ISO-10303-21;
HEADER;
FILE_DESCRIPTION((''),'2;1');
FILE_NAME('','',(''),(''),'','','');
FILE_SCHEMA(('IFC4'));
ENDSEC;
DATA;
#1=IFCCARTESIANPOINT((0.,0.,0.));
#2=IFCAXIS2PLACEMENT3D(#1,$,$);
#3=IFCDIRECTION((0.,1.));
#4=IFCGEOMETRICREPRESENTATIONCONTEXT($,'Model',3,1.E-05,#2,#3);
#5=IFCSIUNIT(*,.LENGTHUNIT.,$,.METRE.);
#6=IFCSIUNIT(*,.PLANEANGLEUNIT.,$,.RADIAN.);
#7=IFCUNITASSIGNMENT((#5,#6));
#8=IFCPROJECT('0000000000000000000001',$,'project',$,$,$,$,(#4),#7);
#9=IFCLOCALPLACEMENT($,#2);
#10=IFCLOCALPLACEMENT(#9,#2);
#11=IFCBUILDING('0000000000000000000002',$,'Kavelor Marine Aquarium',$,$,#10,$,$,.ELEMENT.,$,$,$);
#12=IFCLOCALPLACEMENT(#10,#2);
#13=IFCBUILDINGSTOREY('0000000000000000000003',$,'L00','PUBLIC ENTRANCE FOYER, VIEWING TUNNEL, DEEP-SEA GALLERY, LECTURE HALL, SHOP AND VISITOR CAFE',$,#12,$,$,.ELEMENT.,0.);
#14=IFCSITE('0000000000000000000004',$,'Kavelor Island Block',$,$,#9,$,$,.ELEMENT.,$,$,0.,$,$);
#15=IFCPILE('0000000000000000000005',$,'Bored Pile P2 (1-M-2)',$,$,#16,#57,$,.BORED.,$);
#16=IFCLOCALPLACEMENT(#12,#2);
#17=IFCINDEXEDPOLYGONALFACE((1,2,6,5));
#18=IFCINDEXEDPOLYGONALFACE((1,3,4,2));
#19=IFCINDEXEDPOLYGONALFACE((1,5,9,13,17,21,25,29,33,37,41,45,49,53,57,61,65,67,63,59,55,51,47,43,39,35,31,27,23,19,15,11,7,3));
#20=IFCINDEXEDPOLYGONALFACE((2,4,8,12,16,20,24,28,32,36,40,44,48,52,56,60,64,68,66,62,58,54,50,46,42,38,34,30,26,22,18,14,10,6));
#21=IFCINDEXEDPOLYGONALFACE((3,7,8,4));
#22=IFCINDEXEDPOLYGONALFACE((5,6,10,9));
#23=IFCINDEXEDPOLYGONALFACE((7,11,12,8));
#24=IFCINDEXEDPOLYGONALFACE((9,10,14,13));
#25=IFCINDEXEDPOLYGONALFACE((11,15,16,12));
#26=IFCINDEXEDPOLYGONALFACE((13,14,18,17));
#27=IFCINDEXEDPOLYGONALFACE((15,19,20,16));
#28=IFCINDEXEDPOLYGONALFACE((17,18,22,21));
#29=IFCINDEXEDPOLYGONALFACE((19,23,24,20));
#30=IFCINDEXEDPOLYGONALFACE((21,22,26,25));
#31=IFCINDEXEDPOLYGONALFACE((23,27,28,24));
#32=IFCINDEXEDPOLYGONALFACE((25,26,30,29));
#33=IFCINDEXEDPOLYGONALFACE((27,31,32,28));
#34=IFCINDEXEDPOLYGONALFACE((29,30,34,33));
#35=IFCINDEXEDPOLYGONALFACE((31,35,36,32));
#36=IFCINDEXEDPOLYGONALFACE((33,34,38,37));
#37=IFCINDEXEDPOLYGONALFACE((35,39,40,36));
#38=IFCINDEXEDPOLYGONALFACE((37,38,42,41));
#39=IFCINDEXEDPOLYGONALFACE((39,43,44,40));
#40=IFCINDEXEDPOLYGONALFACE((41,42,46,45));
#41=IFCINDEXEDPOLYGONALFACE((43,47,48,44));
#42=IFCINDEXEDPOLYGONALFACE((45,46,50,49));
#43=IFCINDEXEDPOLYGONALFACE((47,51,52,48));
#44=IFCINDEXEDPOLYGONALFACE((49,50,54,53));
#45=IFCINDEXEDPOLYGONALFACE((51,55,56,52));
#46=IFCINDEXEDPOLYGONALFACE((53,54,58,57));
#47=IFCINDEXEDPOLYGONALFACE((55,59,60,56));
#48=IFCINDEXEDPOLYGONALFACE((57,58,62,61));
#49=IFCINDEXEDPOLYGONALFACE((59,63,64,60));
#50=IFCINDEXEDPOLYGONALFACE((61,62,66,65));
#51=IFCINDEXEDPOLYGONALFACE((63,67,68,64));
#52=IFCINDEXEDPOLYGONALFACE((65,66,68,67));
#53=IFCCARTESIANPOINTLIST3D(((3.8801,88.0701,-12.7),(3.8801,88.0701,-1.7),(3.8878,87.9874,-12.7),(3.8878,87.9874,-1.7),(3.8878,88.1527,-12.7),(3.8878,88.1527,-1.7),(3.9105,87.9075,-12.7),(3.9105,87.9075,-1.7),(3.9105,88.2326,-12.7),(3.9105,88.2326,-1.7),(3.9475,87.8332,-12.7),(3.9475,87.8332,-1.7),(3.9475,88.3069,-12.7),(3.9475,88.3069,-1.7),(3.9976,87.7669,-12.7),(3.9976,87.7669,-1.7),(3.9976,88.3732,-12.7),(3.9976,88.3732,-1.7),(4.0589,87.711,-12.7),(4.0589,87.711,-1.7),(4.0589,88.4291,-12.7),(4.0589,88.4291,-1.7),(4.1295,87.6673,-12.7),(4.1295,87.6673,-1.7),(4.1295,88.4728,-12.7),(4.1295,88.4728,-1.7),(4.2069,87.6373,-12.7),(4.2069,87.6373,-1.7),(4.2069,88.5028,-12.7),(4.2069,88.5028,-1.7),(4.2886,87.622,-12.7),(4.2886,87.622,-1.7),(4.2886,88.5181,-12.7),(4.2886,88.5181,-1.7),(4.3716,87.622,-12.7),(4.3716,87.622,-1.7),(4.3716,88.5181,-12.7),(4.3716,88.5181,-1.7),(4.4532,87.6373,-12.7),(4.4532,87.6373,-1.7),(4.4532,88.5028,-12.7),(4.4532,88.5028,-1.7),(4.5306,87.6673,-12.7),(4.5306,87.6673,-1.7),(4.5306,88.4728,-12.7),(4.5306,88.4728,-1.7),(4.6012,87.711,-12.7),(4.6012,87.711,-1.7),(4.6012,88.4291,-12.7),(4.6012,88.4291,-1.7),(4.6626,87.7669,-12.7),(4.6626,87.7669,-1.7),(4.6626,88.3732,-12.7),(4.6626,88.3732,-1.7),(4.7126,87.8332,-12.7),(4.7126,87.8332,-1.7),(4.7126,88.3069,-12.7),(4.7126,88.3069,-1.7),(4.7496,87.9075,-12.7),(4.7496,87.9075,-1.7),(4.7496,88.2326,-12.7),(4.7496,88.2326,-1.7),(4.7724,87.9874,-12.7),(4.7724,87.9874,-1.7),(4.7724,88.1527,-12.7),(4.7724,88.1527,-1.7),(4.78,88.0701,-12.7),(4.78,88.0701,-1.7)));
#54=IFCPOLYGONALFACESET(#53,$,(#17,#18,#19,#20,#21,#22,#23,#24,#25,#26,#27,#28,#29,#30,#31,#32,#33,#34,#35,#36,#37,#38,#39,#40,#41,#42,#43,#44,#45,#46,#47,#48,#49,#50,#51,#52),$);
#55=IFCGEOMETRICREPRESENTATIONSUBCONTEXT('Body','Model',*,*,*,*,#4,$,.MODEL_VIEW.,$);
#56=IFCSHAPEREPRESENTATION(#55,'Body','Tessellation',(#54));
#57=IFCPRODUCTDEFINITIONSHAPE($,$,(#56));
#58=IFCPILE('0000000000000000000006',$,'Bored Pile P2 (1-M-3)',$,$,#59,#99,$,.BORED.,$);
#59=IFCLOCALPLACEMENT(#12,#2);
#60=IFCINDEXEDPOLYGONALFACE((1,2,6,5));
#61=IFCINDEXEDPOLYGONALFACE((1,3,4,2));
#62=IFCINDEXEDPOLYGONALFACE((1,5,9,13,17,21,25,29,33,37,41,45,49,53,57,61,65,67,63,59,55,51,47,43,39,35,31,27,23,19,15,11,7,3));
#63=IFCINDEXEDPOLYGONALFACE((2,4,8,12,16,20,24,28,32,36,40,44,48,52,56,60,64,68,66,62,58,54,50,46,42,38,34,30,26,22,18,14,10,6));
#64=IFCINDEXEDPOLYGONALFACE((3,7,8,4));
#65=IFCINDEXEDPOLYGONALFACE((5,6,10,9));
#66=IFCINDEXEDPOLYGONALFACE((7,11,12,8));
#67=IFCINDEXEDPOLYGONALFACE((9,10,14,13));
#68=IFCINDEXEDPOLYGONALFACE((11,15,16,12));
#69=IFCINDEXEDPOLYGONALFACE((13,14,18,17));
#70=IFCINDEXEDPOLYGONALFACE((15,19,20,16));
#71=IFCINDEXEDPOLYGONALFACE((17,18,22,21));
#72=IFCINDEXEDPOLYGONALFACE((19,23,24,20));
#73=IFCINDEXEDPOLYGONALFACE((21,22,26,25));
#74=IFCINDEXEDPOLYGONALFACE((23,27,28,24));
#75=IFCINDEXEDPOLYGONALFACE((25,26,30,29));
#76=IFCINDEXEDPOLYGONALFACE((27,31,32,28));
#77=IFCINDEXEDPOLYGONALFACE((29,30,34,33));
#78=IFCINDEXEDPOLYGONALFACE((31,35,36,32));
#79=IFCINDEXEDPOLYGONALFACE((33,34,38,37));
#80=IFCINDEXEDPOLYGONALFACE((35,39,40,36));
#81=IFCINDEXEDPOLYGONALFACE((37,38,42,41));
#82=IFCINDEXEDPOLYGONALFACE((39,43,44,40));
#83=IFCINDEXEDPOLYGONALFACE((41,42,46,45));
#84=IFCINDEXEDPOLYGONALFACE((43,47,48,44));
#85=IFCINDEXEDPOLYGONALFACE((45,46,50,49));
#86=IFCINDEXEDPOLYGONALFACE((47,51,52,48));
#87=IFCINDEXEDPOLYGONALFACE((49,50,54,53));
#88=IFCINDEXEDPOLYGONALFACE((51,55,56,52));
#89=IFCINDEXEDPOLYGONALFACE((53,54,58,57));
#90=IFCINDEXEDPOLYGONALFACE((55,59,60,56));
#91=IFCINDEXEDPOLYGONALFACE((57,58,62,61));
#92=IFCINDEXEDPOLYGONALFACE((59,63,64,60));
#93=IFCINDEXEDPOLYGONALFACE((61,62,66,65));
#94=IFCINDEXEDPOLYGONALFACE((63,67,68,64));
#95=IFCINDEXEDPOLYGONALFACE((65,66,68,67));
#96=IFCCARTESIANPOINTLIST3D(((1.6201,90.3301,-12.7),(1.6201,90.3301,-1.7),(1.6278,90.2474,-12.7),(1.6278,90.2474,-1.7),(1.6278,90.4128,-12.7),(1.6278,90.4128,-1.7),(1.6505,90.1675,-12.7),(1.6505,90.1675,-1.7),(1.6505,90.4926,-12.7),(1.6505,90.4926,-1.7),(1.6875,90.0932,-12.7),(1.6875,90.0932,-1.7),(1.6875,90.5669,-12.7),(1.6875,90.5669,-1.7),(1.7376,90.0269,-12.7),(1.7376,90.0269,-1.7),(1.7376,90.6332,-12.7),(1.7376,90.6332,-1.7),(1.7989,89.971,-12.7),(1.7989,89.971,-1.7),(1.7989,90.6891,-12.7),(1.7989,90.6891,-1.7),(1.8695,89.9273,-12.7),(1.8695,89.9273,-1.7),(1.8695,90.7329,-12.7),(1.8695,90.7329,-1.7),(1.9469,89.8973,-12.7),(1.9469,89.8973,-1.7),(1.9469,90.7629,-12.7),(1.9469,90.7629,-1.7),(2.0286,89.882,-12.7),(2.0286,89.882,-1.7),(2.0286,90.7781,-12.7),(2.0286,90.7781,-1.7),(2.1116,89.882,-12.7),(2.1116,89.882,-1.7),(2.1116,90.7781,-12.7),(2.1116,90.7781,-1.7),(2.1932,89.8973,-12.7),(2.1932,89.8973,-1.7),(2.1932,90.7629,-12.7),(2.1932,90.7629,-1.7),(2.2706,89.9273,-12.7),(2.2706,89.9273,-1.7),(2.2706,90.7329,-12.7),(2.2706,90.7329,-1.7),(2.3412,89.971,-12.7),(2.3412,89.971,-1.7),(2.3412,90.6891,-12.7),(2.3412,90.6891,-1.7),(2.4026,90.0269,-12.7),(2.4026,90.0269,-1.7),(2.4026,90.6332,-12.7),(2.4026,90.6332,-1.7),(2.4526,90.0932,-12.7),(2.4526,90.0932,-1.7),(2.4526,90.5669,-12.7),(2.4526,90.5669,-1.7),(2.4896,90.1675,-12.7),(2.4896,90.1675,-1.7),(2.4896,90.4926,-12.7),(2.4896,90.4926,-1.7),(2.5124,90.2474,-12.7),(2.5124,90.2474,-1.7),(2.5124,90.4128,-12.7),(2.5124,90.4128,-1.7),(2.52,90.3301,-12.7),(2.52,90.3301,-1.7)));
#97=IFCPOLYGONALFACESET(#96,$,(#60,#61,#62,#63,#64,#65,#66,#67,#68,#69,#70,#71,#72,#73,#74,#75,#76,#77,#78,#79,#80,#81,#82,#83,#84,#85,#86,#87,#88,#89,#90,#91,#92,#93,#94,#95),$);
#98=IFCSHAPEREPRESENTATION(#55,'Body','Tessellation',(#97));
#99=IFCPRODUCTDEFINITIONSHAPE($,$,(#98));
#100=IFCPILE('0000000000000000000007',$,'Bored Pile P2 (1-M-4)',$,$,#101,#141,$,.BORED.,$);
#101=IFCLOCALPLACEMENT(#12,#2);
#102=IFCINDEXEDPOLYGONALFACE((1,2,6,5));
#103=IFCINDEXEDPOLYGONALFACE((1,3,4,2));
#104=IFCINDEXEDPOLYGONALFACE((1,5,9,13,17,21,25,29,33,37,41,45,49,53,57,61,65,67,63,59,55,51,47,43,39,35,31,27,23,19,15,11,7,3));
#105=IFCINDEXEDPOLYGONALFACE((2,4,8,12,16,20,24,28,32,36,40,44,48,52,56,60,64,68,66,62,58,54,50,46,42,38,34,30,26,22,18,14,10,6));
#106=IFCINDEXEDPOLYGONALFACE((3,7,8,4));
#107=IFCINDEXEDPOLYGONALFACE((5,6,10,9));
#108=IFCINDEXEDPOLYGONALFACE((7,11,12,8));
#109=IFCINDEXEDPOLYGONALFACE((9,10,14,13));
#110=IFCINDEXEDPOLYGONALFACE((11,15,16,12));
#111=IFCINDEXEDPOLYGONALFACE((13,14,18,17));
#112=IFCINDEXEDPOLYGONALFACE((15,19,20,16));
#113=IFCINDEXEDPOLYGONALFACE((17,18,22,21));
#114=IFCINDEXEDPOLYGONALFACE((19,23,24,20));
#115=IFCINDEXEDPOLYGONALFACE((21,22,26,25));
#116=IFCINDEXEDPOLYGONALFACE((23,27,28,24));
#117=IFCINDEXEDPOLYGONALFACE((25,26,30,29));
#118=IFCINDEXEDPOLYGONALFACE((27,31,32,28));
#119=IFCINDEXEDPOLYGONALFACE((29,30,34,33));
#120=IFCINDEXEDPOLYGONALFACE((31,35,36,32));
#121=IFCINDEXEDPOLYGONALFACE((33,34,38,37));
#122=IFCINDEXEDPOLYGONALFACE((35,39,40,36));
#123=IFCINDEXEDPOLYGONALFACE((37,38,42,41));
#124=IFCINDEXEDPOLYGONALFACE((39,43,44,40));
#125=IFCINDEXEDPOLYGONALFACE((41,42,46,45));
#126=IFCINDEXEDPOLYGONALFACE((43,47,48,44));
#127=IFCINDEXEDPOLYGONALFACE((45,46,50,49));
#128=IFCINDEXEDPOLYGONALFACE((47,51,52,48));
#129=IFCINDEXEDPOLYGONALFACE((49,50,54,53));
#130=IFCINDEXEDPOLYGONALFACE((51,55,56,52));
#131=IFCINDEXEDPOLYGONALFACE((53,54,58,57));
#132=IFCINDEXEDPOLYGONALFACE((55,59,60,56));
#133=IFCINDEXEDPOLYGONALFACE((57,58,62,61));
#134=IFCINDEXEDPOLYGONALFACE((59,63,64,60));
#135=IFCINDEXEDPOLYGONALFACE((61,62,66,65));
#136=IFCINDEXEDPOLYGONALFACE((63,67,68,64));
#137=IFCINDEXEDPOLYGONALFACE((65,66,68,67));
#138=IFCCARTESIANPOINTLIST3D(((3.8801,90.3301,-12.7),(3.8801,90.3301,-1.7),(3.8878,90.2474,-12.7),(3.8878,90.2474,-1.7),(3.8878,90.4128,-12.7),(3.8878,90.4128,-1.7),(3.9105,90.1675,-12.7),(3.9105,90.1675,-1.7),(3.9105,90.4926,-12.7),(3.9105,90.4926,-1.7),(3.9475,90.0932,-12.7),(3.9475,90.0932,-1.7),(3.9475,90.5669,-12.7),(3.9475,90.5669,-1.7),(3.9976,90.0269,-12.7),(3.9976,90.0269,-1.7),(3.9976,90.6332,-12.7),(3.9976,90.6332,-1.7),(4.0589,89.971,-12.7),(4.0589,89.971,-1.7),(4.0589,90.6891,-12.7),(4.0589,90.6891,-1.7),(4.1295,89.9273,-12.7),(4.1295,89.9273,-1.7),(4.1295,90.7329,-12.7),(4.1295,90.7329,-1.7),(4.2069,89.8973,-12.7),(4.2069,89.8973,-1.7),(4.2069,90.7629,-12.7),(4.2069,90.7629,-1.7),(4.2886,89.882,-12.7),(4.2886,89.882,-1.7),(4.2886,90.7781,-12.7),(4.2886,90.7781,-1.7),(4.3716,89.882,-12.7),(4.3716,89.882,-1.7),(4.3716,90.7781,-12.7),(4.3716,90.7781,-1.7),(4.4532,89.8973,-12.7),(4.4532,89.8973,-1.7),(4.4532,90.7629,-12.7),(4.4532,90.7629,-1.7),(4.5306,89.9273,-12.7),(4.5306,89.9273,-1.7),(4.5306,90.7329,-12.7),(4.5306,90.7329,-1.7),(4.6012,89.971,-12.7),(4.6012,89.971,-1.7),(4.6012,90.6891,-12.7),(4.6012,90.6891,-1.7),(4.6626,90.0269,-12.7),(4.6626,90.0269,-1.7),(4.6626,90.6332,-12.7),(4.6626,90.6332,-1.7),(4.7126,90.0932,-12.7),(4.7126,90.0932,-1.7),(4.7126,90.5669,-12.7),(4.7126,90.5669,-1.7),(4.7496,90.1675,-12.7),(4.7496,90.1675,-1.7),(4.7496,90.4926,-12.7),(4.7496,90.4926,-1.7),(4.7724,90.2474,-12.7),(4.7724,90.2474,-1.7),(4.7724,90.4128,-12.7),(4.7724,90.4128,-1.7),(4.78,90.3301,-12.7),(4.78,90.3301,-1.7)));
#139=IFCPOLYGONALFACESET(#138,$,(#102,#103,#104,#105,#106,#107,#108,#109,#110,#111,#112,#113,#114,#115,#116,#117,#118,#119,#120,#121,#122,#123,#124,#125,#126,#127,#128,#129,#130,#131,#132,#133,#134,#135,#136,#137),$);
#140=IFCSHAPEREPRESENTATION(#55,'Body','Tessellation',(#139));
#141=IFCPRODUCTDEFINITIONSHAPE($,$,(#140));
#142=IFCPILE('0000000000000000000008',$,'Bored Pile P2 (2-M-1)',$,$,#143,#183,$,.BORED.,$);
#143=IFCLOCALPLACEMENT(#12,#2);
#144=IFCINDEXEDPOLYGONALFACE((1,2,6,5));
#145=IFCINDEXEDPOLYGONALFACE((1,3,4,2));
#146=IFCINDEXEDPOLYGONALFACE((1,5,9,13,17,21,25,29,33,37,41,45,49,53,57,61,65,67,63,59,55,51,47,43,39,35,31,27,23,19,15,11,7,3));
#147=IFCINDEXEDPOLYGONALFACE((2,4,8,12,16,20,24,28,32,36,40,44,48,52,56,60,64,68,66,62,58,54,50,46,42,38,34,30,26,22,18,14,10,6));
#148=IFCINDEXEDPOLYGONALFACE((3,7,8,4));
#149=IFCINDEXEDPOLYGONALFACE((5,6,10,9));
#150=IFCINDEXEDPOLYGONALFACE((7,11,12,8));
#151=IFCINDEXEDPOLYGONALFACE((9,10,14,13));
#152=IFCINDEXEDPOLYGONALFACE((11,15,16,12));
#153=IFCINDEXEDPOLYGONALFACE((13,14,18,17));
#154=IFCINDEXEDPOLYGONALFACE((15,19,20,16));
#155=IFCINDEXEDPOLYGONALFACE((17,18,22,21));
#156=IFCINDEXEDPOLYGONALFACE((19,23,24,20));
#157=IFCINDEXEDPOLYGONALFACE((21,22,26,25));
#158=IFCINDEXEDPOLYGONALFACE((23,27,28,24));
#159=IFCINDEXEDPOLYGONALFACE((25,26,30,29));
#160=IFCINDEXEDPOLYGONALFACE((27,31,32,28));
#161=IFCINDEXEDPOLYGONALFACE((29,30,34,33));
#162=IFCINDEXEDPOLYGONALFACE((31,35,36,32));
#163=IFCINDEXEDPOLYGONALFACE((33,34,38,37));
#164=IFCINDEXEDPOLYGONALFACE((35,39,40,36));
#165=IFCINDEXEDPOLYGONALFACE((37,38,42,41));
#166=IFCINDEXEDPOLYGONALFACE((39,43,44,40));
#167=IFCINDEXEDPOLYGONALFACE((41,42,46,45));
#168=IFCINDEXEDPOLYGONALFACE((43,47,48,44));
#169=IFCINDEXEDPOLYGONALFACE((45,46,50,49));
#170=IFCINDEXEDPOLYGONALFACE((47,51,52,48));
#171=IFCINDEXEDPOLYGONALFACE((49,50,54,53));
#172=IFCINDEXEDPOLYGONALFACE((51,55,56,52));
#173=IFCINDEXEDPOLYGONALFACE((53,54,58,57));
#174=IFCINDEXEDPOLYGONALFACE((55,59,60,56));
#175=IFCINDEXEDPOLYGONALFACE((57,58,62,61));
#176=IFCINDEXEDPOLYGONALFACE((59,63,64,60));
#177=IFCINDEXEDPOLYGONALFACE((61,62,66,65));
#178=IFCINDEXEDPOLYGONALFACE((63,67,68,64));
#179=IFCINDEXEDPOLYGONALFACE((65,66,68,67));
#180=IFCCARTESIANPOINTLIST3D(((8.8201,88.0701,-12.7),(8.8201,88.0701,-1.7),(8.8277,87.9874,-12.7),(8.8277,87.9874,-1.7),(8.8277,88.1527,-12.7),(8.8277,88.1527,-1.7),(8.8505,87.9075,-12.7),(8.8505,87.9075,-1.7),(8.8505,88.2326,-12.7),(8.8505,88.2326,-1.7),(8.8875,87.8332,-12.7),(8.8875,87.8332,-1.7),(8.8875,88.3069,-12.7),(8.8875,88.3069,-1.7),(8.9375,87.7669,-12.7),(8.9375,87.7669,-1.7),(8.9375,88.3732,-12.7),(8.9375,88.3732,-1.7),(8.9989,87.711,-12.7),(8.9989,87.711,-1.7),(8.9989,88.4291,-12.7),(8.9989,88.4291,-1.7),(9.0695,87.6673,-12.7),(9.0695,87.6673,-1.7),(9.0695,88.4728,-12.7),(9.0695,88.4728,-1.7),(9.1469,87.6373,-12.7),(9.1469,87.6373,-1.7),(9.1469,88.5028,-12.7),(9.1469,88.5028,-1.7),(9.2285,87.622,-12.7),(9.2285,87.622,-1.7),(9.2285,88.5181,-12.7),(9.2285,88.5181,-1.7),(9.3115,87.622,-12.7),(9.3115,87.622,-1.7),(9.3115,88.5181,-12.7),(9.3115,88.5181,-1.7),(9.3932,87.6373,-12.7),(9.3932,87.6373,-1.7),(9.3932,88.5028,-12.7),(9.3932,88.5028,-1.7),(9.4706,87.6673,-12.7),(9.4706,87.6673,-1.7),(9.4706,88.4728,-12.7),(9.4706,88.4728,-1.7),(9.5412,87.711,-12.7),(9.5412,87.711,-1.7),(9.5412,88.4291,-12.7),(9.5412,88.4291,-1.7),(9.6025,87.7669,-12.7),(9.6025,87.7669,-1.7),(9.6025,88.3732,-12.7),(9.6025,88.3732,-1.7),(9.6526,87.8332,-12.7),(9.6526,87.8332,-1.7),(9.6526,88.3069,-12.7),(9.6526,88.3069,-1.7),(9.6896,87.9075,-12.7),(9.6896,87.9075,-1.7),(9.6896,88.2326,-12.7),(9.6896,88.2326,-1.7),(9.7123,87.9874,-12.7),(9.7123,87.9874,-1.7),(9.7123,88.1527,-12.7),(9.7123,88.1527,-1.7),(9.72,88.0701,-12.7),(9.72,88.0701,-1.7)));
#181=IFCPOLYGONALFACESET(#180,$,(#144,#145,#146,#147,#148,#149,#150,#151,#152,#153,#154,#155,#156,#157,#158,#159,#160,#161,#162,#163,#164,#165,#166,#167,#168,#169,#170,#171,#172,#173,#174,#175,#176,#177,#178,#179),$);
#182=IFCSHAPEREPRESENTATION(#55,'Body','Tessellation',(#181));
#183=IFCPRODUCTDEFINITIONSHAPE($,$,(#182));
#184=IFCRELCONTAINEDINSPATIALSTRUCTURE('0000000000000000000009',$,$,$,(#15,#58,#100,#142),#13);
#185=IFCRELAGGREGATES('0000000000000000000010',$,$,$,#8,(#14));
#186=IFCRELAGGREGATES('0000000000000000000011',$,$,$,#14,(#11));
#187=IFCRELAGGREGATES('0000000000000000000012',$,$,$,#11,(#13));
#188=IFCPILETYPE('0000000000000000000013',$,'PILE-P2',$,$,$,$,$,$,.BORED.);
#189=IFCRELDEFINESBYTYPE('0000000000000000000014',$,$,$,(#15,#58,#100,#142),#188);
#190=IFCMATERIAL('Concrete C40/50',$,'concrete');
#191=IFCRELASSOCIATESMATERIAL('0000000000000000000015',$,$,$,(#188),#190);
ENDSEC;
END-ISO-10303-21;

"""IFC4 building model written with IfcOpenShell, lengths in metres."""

from ifc_helpers import new_model, si_unit, direction, frame, origin, origin_2d, place, context, subcontext, project, spatial, circle, extrude, material, material_profile, profile_set, type_object, element, save


model = new_model("IFC4")

# Units and contexts
model_context = context("Model", 3, precision=1e-05, world=origin(), true_north=direction((0.0, 1.0)))
body_context = subcontext(model_context, "Body", "Model", "MODEL_VIEW")
ifc_project = project(units=[si_unit("LENGTHUNIT", "METRE"), si_unit("PLANEANGLEUNIT", "RADIAN")], contexts=[model_context])

# Site, building, storey
site_placement = place(None, origin())
site = spatial("IfcSite", under=ifc_project, at=site_placement, Name="Kavelor Island Block", CompositionType="ELEMENT", RefElevation=0.0)
building_placement = place(site_placement, origin())
building = spatial("IfcBuilding", under=site, at=building_placement, Name="Kavelor Marine Aquarium", CompositionType="ELEMENT")
storey_placement = place(building_placement, origin())
storey = spatial("IfcBuildingStorey", under=building, at=storey_placement, Name="L00", Description="PUBLIC ENTRANCE FOYER, VIEWING TUNNEL, DEEP-SEA GALLERY, LECTURE HALL, SHOP AND VISITOR CAFE", CompositionType="ELEMENT", Elevation=0.0)

# Piles
ifc_material_1 = material(Name="Concrete C40/50", Category="concrete")
ifc_material_profile_1 = material_profile(ifc_material_1, circle(Radius=0.45, at=origin_2d()), Name="PILE D900")
ifc_profile_set_1 = profile_set([ifc_material_profile_1], Name="Concrete C40/50")
pile_type_1 = type_object("IfcPileType", Name="PILE-P2", PredefinedType="BORED", material=ifc_profile_set_1)
for number, where, z_axis, x_axis, name in (
    (1, (4.3301, 88.0701, -1.7), (0.0, 0.0, -1.0), (1.0, 0.0, 0.0), "Bored Pile P2 (1-M-2)"),
    (2, (2.0701, 90.3301, -1.7), (0.0, 0.0, -1.0), (1.0, 0.0, 0.0), "Bored Pile P2 (1-M-3)"),
    (3, (4.3301, 90.3301, -1.7), (0.0, 0.0, -1.0), (1.0, 0.0, 0.0), "Bored Pile P2 (1-M-4)"),
    (4, (9.27, 88.0701, -1.7), (0.0, 0.0, -1.0), (1.0, 0.0, 0.0), "Bored Pile P2 (2-M-1)"),
):
    element("IfcPile", number, at=place(storey_placement, frame(where, z_axis=z_axis, x_axis=x_axis)), inside=storey, type_object=pile_type_1, Name=name, PredefinedType="BORED", context=body_context, shape_type="SweptSolid", body=[
        extrude(circle(Radius=0.45, at=origin_2d()), origin(), (0.0, 0.0, 1.0), 11.0),
    ])

save(model, "model.ifc")
